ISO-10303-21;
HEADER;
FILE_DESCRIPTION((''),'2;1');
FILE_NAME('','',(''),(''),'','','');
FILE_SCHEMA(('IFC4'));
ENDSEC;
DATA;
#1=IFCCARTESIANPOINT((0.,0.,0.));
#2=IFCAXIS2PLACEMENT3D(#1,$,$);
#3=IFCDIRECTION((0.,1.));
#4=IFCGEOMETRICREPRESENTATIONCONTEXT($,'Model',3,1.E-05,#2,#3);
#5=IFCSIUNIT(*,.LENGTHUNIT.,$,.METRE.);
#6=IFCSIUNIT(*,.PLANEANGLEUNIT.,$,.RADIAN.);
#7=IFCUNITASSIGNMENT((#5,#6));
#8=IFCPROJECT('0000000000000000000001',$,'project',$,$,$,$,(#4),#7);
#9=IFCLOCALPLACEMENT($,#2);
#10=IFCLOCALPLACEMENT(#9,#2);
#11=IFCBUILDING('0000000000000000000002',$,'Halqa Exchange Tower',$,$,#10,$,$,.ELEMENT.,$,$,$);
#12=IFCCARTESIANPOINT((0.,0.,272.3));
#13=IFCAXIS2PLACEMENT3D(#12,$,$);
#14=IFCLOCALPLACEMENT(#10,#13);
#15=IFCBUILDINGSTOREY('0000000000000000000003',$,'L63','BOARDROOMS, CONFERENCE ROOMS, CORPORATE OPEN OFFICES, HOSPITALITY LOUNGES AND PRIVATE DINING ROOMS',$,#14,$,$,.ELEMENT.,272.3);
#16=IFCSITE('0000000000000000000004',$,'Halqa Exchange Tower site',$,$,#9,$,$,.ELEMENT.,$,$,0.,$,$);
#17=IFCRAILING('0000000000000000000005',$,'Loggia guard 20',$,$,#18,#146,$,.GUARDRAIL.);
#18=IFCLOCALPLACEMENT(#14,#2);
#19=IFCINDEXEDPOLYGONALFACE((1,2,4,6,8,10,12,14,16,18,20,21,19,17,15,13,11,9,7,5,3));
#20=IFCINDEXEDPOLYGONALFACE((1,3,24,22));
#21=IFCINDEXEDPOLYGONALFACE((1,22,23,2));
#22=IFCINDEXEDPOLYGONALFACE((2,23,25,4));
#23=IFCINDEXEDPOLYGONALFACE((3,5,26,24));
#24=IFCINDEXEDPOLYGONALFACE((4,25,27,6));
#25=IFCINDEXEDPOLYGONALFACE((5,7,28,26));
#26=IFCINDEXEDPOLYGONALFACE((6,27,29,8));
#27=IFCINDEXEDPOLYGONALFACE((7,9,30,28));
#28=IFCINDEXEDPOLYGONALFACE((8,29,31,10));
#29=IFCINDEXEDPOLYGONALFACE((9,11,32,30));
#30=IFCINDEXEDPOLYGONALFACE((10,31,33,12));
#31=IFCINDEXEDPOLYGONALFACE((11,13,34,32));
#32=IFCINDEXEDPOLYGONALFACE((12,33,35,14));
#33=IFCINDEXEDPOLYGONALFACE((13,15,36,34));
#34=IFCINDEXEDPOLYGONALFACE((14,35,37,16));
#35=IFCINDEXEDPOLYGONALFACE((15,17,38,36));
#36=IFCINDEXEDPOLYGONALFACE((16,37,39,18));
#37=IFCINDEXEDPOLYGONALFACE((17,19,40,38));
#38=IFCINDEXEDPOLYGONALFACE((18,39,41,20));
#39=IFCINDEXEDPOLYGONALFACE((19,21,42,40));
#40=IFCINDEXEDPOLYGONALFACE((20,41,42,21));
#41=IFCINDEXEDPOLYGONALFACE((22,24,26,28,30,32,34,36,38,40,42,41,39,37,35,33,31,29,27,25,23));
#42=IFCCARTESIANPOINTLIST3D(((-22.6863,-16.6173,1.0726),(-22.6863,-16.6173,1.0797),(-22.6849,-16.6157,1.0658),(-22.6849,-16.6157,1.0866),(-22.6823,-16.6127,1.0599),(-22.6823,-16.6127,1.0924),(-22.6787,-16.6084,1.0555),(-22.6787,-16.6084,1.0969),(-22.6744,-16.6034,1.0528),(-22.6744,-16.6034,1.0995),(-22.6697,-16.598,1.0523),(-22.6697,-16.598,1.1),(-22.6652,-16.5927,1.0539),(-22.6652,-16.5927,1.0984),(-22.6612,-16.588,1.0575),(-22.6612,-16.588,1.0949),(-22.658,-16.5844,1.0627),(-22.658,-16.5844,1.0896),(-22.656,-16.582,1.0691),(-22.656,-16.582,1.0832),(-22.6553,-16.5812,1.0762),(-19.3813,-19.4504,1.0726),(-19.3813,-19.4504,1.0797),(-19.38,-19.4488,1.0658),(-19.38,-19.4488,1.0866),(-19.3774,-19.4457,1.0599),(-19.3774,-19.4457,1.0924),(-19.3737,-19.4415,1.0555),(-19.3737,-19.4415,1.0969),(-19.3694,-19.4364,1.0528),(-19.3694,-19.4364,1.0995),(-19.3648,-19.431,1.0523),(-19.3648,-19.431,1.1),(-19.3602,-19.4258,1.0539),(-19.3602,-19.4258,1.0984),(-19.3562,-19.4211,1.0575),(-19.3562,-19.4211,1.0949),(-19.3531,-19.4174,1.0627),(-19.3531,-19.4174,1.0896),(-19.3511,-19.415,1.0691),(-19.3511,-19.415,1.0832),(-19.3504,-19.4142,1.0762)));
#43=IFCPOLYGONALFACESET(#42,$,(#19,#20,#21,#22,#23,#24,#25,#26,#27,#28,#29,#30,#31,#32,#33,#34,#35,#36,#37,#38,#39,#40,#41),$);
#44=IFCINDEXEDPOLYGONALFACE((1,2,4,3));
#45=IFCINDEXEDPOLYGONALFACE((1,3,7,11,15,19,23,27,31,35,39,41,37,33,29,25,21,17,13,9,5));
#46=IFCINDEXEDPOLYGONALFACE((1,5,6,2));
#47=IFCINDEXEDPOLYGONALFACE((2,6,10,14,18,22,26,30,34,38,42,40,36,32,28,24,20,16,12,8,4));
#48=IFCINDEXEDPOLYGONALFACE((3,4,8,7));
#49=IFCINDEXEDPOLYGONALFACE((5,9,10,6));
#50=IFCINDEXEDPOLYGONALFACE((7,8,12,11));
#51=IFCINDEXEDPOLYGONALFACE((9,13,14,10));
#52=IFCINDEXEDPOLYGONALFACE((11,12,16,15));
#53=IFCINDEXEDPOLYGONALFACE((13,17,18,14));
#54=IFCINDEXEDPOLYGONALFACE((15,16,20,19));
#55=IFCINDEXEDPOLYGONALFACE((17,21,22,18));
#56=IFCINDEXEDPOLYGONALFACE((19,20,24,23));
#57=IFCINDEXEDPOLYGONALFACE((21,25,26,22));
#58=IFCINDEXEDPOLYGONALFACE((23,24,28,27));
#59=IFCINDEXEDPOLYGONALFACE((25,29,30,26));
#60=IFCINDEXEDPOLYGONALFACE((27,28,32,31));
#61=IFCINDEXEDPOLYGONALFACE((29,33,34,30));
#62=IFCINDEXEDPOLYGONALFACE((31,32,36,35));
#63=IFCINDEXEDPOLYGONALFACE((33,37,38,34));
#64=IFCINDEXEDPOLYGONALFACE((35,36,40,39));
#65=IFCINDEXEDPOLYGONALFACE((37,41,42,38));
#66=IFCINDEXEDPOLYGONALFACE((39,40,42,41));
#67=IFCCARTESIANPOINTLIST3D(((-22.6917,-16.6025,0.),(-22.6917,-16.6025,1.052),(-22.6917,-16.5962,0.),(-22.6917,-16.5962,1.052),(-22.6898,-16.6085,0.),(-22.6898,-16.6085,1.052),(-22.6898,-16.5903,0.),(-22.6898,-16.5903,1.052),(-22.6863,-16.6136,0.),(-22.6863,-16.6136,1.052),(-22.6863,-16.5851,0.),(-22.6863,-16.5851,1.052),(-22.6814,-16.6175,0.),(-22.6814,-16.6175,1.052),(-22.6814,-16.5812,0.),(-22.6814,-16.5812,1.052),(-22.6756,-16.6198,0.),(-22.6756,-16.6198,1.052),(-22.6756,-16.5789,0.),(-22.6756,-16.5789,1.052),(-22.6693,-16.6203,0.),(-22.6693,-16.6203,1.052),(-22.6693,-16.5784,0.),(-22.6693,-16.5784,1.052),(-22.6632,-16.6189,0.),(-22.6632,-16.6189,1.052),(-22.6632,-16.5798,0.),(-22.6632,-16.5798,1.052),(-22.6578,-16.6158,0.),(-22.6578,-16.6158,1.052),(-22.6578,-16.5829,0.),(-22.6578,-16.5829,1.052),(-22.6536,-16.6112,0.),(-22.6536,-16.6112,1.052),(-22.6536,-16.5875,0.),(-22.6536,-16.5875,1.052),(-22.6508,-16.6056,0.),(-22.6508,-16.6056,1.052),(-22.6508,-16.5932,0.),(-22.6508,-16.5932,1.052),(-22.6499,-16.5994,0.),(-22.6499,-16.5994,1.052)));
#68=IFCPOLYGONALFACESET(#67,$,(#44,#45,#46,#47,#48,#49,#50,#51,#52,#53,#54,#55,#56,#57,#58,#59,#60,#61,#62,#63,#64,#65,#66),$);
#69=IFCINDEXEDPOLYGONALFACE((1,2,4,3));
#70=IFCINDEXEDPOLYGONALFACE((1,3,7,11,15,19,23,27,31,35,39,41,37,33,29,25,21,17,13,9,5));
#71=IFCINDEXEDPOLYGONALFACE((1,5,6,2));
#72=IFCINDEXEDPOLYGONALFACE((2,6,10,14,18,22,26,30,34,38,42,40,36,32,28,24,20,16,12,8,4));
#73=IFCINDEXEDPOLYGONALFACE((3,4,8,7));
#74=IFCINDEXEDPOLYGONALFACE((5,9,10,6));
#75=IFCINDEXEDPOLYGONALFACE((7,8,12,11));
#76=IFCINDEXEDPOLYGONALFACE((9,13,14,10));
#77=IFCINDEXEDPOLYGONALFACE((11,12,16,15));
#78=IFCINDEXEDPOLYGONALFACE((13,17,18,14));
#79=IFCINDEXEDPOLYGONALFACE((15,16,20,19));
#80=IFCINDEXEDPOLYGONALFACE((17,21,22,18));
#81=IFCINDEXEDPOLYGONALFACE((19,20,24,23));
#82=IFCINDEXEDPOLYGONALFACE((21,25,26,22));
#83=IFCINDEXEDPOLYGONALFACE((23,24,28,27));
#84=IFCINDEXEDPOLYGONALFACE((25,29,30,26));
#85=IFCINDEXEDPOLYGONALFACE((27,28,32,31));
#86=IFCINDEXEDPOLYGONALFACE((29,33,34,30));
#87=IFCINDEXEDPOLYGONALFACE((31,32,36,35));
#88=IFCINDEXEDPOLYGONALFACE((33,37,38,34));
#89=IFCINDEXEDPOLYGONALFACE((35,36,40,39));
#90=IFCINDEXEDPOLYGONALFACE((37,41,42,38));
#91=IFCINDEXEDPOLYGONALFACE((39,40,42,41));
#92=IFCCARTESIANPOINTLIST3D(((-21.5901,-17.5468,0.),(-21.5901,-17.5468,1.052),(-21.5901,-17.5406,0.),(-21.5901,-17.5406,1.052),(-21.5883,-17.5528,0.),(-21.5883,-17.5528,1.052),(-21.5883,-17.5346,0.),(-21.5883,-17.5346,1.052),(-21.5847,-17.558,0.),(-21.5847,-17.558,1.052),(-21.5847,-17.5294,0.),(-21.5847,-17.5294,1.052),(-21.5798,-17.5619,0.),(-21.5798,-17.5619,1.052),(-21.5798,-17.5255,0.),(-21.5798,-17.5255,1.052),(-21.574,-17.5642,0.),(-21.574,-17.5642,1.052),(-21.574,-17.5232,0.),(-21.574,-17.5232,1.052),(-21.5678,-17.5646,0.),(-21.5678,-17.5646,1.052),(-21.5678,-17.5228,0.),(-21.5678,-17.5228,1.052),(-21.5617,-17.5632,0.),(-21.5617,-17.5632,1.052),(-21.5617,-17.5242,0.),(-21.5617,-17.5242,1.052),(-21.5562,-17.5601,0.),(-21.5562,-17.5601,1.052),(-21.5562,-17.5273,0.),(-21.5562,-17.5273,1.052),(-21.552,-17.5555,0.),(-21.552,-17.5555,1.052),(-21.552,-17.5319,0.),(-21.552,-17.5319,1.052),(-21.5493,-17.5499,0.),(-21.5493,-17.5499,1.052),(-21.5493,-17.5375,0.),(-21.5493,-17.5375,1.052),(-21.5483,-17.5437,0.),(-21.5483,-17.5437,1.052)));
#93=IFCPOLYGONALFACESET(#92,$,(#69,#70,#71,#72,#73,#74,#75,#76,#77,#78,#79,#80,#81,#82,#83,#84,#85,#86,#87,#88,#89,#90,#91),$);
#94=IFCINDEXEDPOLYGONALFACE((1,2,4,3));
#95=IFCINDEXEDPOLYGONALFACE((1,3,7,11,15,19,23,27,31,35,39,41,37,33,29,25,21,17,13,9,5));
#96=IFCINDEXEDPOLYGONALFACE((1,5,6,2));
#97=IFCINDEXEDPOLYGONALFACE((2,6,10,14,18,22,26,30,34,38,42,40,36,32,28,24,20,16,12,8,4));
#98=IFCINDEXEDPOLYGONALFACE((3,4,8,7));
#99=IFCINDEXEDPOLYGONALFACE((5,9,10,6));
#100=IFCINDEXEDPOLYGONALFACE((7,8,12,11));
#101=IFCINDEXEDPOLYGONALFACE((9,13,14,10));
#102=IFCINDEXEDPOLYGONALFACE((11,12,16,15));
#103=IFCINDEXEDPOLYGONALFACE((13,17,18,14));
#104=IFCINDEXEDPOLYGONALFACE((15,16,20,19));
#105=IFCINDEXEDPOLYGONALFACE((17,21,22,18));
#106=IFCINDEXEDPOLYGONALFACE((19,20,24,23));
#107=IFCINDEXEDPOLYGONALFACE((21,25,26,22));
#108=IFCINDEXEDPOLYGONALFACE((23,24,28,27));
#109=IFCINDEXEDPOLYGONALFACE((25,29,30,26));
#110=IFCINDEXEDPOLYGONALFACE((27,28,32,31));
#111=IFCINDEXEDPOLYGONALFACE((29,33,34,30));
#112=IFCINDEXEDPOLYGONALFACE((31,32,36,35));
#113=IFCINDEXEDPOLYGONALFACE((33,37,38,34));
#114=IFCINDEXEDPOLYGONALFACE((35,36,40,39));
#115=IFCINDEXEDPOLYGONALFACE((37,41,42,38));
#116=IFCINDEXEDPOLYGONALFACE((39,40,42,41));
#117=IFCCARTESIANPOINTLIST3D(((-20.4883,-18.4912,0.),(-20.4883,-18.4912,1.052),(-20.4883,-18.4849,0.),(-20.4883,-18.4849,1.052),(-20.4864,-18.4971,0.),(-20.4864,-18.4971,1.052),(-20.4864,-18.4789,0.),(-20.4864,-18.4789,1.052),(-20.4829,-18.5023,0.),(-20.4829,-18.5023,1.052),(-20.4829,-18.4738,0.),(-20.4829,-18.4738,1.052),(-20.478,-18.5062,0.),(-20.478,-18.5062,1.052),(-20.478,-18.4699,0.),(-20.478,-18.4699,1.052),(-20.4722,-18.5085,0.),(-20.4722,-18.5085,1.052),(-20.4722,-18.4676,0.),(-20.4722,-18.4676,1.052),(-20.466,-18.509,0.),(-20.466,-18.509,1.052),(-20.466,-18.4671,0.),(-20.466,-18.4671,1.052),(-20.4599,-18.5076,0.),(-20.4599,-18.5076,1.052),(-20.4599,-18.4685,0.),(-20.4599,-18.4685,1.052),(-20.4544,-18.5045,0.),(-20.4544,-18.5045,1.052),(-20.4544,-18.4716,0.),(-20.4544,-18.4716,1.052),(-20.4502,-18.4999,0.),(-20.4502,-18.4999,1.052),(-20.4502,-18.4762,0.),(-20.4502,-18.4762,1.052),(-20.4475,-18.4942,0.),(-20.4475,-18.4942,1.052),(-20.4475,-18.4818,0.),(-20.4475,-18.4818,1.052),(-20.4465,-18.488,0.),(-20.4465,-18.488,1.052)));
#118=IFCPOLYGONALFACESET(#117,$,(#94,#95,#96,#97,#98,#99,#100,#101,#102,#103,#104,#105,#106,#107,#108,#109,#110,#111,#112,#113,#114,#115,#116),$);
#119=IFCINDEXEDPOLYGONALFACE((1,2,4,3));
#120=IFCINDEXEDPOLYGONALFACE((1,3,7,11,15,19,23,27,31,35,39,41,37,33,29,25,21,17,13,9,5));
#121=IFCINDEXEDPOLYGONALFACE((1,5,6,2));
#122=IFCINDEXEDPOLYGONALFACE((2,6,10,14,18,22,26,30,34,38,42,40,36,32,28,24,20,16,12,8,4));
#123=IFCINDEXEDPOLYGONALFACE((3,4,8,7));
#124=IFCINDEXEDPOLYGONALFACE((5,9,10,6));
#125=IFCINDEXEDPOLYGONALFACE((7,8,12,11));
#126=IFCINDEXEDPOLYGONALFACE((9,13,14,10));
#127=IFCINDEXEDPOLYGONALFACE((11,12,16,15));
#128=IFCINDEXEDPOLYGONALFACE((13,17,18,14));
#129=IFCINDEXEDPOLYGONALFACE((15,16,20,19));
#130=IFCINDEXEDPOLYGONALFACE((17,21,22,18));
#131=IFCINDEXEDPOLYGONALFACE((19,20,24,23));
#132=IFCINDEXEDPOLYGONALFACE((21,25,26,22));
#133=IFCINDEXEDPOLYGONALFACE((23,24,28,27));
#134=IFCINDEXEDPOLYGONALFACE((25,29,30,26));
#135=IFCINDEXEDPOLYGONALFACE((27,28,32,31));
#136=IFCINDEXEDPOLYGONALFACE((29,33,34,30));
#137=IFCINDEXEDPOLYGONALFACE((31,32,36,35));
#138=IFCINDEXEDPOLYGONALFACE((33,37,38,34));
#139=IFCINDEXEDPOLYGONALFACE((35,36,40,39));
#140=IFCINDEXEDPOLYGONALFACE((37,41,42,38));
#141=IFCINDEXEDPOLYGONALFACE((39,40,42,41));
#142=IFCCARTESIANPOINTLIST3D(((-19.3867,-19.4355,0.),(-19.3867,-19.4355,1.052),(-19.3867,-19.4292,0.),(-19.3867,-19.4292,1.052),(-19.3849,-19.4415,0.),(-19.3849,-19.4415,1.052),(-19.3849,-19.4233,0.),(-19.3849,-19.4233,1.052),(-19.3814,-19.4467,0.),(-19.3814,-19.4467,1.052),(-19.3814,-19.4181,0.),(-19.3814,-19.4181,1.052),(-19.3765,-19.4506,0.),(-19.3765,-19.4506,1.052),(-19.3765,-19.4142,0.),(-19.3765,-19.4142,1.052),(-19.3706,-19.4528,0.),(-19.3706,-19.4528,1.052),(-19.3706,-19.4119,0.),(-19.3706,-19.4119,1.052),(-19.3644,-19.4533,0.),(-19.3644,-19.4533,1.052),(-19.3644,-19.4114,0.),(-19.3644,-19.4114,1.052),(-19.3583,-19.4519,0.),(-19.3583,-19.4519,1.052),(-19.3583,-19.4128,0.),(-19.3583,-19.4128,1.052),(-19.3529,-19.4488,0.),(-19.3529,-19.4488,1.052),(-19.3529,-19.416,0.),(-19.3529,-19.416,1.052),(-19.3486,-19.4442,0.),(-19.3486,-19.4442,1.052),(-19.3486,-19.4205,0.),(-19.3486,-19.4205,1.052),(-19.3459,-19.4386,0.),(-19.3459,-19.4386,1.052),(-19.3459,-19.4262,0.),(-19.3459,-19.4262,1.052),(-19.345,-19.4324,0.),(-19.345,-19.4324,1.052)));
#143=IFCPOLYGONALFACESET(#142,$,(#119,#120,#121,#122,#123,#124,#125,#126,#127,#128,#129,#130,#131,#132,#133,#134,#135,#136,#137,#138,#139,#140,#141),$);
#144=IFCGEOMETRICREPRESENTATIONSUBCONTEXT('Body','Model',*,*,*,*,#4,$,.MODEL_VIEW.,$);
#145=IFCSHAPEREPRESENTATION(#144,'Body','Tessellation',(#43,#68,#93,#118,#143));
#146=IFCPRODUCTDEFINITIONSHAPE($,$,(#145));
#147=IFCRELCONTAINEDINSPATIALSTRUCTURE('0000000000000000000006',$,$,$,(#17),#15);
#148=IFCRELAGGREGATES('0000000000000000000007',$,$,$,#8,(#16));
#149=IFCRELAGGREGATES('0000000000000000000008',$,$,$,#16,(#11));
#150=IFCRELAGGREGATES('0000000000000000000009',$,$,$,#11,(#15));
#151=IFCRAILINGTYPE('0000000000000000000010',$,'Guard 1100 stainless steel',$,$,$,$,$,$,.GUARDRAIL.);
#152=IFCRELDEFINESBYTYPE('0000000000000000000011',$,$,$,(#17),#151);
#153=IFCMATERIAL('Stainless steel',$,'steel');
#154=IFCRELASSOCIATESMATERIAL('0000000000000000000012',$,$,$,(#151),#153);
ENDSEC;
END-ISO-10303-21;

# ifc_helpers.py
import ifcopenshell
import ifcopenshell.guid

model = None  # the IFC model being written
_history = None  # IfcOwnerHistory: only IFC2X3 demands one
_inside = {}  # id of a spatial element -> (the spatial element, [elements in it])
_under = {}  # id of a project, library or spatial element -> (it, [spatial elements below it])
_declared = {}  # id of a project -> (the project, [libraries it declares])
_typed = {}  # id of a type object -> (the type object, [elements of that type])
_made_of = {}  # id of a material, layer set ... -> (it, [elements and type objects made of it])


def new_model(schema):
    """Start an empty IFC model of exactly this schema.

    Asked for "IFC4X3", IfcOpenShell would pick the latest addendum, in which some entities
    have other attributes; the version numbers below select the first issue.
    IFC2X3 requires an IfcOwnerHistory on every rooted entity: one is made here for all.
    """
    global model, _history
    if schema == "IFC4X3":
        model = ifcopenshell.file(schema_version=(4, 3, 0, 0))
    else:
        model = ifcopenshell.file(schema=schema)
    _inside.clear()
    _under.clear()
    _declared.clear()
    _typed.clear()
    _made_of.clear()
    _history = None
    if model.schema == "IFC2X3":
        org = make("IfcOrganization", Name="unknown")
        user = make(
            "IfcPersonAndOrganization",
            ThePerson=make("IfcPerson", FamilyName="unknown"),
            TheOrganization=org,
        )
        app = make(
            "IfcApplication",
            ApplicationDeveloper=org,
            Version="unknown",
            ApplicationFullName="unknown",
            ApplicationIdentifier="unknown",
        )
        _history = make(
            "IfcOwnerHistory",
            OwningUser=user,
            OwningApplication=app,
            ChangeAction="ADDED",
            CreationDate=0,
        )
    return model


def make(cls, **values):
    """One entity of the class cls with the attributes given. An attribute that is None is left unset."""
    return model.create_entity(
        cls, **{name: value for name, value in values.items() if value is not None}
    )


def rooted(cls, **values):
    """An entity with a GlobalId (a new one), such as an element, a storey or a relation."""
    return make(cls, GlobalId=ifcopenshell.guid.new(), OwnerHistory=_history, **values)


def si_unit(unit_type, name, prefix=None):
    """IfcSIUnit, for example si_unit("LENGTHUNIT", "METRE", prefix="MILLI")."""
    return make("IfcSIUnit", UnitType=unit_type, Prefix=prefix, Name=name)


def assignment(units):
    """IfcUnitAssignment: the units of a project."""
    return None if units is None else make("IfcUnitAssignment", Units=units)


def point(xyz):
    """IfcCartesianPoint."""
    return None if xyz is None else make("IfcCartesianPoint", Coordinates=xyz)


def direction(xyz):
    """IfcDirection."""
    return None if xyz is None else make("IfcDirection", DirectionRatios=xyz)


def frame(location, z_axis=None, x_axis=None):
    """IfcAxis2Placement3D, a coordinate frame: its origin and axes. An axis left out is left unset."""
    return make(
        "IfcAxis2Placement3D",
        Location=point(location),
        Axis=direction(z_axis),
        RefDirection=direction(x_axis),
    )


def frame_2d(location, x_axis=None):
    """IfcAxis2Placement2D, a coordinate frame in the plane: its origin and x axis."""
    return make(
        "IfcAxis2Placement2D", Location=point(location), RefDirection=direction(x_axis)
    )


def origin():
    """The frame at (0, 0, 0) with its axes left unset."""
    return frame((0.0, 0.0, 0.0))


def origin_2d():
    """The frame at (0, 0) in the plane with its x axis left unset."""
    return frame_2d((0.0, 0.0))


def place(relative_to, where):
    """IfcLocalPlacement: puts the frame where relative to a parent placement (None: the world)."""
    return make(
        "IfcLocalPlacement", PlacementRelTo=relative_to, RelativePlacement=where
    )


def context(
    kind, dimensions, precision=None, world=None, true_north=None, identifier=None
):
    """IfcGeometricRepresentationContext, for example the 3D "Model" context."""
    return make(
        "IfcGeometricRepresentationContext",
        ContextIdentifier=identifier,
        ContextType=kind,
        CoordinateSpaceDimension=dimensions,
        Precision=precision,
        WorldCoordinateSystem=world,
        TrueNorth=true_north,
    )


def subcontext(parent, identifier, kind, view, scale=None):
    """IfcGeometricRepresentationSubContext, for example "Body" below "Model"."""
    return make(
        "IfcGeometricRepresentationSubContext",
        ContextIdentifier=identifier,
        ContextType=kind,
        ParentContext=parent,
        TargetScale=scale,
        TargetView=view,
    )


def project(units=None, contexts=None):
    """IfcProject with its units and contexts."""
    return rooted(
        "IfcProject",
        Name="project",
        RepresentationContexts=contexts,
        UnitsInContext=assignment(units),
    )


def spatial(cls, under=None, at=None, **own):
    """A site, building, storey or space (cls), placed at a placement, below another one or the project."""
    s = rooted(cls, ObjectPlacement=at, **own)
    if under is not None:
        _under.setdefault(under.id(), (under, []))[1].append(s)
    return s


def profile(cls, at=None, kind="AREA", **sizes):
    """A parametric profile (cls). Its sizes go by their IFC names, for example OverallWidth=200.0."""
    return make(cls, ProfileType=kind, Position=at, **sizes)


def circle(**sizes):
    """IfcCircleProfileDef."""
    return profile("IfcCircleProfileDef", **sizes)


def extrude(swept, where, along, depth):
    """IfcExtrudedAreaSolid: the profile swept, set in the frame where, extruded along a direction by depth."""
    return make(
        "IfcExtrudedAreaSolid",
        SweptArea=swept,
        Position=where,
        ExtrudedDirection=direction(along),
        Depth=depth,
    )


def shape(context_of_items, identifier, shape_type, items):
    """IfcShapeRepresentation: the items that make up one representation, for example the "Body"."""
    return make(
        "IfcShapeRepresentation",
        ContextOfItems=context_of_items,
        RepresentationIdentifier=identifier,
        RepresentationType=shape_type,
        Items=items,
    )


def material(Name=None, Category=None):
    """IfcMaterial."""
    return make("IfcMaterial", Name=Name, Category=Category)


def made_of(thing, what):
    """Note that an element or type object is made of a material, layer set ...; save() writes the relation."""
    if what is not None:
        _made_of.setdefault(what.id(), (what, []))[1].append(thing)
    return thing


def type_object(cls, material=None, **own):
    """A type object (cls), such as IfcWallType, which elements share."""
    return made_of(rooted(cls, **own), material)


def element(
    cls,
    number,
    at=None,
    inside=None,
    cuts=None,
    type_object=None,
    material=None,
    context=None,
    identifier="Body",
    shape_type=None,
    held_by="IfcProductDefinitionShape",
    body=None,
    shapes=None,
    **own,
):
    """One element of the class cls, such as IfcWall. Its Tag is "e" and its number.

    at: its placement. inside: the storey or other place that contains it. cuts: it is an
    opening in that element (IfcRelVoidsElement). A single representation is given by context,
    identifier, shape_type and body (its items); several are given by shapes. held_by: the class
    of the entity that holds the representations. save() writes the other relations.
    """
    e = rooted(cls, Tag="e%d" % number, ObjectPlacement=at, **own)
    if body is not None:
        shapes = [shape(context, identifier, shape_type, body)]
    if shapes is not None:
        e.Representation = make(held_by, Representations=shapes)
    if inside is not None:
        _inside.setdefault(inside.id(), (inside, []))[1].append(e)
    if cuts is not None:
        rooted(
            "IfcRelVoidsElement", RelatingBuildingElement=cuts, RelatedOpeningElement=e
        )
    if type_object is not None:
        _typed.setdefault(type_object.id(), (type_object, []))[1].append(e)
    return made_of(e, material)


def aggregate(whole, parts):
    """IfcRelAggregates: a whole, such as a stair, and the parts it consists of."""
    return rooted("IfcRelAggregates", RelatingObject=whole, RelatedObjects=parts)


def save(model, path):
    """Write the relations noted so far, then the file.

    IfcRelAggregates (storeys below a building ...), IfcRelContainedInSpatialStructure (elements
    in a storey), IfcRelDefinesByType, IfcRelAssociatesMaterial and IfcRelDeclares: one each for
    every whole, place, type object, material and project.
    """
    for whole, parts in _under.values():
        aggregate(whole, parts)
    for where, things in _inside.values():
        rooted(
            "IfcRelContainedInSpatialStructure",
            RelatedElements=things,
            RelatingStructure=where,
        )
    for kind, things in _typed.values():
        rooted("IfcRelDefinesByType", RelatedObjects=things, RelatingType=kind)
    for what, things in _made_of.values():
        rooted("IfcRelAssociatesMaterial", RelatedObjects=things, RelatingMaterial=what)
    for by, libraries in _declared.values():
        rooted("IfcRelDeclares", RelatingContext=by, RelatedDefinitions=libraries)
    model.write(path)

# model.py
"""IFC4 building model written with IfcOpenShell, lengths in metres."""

from ifc_helpers import new_model, si_unit, direction, frame, origin, origin_2d, place, context, subcontext, project, spatial, circle, extrude, material, type_object, element, save


model = new_model("IFC4")

# Units and contexts
model_context = context("Model", 3, precision=1e-05, world=origin(), true_north=direction((0.0, 1.0)))
body_context = subcontext(model_context, "Body", "Model", "MODEL_VIEW")
ifc_project = project(units=[si_unit("LENGTHUNIT", "METRE"), si_unit("PLANEANGLEUNIT", "RADIAN")], contexts=[model_context])

# Site, building, storey
site_placement = place(None, origin())
site = spatial("IfcSite", under=ifc_project, at=site_placement, Name="Halqa Exchange Tower site", CompositionType="ELEMENT", RefElevation=0.0)
building_placement = place(site_placement, origin())
building = spatial("IfcBuilding", under=site, at=building_placement, Name="Halqa Exchange Tower", CompositionType="ELEMENT")
storey_placement = place(building_placement, frame((0.0, 0.0, 272.3)))
storey = spatial("IfcBuildingStorey", under=building, at=storey_placement, Name="L63", Description="BOARDROOMS, CONFERENCE ROOMS, CORPORATE OPEN OFFICES, HOSPITALITY LOUNGES AND PRIVATE DINING ROOMS", CompositionType="ELEMENT", Elevation=272.3)

# Railing
ifc_material_1 = material(Name="Stainless steel", Category="steel")
railing_type = type_object("IfcRailingType", Name="Guard 1100 stainless steel", PredefinedType="GUARDRAIL", material=ifc_material_1)
railing_1_placement = place(storey_placement, frame((-22.6709, -16.5994, 0.0)))
element("IfcRailing", 1, at=railing_1_placement, inside=storey, type_object=railing_type, Name="Loggia guard 20", PredefinedType="GUARDRAIL", context=body_context, shape_type="SweptSolid", body=[
    extrude(circle(Radius=0.0239, at=origin_2d()), frame((0.0, 0.0, 1.0762), z_axis=(0.759233, -0.650819, 0.0), x_axis=(0.650819, 0.759233, 0.0)), (0.0, 0.0, 1.0), 4.353),
    extrude(circle(Radius=0.021, at=origin_2d()), origin(), (0.0, 0.0, 1.0), 1.052),
    extrude(circle(Radius=0.021, at=origin_2d()), frame((1.1016, -0.9443, 0.0)), (0.0, 0.0, 1.0), 1.052),
    extrude(circle(Radius=0.021, at=origin_2d()), frame((2.2034, -1.8887, 0.0)), (0.0, 0.0, 1.0), 1.052),
    extrude(circle(Radius=0.021, at=origin_2d()), frame((3.3049, -2.833, 0.0)), (0.0, 0.0, 1.0), 1.052),
])

save(model, "model.ifc")
